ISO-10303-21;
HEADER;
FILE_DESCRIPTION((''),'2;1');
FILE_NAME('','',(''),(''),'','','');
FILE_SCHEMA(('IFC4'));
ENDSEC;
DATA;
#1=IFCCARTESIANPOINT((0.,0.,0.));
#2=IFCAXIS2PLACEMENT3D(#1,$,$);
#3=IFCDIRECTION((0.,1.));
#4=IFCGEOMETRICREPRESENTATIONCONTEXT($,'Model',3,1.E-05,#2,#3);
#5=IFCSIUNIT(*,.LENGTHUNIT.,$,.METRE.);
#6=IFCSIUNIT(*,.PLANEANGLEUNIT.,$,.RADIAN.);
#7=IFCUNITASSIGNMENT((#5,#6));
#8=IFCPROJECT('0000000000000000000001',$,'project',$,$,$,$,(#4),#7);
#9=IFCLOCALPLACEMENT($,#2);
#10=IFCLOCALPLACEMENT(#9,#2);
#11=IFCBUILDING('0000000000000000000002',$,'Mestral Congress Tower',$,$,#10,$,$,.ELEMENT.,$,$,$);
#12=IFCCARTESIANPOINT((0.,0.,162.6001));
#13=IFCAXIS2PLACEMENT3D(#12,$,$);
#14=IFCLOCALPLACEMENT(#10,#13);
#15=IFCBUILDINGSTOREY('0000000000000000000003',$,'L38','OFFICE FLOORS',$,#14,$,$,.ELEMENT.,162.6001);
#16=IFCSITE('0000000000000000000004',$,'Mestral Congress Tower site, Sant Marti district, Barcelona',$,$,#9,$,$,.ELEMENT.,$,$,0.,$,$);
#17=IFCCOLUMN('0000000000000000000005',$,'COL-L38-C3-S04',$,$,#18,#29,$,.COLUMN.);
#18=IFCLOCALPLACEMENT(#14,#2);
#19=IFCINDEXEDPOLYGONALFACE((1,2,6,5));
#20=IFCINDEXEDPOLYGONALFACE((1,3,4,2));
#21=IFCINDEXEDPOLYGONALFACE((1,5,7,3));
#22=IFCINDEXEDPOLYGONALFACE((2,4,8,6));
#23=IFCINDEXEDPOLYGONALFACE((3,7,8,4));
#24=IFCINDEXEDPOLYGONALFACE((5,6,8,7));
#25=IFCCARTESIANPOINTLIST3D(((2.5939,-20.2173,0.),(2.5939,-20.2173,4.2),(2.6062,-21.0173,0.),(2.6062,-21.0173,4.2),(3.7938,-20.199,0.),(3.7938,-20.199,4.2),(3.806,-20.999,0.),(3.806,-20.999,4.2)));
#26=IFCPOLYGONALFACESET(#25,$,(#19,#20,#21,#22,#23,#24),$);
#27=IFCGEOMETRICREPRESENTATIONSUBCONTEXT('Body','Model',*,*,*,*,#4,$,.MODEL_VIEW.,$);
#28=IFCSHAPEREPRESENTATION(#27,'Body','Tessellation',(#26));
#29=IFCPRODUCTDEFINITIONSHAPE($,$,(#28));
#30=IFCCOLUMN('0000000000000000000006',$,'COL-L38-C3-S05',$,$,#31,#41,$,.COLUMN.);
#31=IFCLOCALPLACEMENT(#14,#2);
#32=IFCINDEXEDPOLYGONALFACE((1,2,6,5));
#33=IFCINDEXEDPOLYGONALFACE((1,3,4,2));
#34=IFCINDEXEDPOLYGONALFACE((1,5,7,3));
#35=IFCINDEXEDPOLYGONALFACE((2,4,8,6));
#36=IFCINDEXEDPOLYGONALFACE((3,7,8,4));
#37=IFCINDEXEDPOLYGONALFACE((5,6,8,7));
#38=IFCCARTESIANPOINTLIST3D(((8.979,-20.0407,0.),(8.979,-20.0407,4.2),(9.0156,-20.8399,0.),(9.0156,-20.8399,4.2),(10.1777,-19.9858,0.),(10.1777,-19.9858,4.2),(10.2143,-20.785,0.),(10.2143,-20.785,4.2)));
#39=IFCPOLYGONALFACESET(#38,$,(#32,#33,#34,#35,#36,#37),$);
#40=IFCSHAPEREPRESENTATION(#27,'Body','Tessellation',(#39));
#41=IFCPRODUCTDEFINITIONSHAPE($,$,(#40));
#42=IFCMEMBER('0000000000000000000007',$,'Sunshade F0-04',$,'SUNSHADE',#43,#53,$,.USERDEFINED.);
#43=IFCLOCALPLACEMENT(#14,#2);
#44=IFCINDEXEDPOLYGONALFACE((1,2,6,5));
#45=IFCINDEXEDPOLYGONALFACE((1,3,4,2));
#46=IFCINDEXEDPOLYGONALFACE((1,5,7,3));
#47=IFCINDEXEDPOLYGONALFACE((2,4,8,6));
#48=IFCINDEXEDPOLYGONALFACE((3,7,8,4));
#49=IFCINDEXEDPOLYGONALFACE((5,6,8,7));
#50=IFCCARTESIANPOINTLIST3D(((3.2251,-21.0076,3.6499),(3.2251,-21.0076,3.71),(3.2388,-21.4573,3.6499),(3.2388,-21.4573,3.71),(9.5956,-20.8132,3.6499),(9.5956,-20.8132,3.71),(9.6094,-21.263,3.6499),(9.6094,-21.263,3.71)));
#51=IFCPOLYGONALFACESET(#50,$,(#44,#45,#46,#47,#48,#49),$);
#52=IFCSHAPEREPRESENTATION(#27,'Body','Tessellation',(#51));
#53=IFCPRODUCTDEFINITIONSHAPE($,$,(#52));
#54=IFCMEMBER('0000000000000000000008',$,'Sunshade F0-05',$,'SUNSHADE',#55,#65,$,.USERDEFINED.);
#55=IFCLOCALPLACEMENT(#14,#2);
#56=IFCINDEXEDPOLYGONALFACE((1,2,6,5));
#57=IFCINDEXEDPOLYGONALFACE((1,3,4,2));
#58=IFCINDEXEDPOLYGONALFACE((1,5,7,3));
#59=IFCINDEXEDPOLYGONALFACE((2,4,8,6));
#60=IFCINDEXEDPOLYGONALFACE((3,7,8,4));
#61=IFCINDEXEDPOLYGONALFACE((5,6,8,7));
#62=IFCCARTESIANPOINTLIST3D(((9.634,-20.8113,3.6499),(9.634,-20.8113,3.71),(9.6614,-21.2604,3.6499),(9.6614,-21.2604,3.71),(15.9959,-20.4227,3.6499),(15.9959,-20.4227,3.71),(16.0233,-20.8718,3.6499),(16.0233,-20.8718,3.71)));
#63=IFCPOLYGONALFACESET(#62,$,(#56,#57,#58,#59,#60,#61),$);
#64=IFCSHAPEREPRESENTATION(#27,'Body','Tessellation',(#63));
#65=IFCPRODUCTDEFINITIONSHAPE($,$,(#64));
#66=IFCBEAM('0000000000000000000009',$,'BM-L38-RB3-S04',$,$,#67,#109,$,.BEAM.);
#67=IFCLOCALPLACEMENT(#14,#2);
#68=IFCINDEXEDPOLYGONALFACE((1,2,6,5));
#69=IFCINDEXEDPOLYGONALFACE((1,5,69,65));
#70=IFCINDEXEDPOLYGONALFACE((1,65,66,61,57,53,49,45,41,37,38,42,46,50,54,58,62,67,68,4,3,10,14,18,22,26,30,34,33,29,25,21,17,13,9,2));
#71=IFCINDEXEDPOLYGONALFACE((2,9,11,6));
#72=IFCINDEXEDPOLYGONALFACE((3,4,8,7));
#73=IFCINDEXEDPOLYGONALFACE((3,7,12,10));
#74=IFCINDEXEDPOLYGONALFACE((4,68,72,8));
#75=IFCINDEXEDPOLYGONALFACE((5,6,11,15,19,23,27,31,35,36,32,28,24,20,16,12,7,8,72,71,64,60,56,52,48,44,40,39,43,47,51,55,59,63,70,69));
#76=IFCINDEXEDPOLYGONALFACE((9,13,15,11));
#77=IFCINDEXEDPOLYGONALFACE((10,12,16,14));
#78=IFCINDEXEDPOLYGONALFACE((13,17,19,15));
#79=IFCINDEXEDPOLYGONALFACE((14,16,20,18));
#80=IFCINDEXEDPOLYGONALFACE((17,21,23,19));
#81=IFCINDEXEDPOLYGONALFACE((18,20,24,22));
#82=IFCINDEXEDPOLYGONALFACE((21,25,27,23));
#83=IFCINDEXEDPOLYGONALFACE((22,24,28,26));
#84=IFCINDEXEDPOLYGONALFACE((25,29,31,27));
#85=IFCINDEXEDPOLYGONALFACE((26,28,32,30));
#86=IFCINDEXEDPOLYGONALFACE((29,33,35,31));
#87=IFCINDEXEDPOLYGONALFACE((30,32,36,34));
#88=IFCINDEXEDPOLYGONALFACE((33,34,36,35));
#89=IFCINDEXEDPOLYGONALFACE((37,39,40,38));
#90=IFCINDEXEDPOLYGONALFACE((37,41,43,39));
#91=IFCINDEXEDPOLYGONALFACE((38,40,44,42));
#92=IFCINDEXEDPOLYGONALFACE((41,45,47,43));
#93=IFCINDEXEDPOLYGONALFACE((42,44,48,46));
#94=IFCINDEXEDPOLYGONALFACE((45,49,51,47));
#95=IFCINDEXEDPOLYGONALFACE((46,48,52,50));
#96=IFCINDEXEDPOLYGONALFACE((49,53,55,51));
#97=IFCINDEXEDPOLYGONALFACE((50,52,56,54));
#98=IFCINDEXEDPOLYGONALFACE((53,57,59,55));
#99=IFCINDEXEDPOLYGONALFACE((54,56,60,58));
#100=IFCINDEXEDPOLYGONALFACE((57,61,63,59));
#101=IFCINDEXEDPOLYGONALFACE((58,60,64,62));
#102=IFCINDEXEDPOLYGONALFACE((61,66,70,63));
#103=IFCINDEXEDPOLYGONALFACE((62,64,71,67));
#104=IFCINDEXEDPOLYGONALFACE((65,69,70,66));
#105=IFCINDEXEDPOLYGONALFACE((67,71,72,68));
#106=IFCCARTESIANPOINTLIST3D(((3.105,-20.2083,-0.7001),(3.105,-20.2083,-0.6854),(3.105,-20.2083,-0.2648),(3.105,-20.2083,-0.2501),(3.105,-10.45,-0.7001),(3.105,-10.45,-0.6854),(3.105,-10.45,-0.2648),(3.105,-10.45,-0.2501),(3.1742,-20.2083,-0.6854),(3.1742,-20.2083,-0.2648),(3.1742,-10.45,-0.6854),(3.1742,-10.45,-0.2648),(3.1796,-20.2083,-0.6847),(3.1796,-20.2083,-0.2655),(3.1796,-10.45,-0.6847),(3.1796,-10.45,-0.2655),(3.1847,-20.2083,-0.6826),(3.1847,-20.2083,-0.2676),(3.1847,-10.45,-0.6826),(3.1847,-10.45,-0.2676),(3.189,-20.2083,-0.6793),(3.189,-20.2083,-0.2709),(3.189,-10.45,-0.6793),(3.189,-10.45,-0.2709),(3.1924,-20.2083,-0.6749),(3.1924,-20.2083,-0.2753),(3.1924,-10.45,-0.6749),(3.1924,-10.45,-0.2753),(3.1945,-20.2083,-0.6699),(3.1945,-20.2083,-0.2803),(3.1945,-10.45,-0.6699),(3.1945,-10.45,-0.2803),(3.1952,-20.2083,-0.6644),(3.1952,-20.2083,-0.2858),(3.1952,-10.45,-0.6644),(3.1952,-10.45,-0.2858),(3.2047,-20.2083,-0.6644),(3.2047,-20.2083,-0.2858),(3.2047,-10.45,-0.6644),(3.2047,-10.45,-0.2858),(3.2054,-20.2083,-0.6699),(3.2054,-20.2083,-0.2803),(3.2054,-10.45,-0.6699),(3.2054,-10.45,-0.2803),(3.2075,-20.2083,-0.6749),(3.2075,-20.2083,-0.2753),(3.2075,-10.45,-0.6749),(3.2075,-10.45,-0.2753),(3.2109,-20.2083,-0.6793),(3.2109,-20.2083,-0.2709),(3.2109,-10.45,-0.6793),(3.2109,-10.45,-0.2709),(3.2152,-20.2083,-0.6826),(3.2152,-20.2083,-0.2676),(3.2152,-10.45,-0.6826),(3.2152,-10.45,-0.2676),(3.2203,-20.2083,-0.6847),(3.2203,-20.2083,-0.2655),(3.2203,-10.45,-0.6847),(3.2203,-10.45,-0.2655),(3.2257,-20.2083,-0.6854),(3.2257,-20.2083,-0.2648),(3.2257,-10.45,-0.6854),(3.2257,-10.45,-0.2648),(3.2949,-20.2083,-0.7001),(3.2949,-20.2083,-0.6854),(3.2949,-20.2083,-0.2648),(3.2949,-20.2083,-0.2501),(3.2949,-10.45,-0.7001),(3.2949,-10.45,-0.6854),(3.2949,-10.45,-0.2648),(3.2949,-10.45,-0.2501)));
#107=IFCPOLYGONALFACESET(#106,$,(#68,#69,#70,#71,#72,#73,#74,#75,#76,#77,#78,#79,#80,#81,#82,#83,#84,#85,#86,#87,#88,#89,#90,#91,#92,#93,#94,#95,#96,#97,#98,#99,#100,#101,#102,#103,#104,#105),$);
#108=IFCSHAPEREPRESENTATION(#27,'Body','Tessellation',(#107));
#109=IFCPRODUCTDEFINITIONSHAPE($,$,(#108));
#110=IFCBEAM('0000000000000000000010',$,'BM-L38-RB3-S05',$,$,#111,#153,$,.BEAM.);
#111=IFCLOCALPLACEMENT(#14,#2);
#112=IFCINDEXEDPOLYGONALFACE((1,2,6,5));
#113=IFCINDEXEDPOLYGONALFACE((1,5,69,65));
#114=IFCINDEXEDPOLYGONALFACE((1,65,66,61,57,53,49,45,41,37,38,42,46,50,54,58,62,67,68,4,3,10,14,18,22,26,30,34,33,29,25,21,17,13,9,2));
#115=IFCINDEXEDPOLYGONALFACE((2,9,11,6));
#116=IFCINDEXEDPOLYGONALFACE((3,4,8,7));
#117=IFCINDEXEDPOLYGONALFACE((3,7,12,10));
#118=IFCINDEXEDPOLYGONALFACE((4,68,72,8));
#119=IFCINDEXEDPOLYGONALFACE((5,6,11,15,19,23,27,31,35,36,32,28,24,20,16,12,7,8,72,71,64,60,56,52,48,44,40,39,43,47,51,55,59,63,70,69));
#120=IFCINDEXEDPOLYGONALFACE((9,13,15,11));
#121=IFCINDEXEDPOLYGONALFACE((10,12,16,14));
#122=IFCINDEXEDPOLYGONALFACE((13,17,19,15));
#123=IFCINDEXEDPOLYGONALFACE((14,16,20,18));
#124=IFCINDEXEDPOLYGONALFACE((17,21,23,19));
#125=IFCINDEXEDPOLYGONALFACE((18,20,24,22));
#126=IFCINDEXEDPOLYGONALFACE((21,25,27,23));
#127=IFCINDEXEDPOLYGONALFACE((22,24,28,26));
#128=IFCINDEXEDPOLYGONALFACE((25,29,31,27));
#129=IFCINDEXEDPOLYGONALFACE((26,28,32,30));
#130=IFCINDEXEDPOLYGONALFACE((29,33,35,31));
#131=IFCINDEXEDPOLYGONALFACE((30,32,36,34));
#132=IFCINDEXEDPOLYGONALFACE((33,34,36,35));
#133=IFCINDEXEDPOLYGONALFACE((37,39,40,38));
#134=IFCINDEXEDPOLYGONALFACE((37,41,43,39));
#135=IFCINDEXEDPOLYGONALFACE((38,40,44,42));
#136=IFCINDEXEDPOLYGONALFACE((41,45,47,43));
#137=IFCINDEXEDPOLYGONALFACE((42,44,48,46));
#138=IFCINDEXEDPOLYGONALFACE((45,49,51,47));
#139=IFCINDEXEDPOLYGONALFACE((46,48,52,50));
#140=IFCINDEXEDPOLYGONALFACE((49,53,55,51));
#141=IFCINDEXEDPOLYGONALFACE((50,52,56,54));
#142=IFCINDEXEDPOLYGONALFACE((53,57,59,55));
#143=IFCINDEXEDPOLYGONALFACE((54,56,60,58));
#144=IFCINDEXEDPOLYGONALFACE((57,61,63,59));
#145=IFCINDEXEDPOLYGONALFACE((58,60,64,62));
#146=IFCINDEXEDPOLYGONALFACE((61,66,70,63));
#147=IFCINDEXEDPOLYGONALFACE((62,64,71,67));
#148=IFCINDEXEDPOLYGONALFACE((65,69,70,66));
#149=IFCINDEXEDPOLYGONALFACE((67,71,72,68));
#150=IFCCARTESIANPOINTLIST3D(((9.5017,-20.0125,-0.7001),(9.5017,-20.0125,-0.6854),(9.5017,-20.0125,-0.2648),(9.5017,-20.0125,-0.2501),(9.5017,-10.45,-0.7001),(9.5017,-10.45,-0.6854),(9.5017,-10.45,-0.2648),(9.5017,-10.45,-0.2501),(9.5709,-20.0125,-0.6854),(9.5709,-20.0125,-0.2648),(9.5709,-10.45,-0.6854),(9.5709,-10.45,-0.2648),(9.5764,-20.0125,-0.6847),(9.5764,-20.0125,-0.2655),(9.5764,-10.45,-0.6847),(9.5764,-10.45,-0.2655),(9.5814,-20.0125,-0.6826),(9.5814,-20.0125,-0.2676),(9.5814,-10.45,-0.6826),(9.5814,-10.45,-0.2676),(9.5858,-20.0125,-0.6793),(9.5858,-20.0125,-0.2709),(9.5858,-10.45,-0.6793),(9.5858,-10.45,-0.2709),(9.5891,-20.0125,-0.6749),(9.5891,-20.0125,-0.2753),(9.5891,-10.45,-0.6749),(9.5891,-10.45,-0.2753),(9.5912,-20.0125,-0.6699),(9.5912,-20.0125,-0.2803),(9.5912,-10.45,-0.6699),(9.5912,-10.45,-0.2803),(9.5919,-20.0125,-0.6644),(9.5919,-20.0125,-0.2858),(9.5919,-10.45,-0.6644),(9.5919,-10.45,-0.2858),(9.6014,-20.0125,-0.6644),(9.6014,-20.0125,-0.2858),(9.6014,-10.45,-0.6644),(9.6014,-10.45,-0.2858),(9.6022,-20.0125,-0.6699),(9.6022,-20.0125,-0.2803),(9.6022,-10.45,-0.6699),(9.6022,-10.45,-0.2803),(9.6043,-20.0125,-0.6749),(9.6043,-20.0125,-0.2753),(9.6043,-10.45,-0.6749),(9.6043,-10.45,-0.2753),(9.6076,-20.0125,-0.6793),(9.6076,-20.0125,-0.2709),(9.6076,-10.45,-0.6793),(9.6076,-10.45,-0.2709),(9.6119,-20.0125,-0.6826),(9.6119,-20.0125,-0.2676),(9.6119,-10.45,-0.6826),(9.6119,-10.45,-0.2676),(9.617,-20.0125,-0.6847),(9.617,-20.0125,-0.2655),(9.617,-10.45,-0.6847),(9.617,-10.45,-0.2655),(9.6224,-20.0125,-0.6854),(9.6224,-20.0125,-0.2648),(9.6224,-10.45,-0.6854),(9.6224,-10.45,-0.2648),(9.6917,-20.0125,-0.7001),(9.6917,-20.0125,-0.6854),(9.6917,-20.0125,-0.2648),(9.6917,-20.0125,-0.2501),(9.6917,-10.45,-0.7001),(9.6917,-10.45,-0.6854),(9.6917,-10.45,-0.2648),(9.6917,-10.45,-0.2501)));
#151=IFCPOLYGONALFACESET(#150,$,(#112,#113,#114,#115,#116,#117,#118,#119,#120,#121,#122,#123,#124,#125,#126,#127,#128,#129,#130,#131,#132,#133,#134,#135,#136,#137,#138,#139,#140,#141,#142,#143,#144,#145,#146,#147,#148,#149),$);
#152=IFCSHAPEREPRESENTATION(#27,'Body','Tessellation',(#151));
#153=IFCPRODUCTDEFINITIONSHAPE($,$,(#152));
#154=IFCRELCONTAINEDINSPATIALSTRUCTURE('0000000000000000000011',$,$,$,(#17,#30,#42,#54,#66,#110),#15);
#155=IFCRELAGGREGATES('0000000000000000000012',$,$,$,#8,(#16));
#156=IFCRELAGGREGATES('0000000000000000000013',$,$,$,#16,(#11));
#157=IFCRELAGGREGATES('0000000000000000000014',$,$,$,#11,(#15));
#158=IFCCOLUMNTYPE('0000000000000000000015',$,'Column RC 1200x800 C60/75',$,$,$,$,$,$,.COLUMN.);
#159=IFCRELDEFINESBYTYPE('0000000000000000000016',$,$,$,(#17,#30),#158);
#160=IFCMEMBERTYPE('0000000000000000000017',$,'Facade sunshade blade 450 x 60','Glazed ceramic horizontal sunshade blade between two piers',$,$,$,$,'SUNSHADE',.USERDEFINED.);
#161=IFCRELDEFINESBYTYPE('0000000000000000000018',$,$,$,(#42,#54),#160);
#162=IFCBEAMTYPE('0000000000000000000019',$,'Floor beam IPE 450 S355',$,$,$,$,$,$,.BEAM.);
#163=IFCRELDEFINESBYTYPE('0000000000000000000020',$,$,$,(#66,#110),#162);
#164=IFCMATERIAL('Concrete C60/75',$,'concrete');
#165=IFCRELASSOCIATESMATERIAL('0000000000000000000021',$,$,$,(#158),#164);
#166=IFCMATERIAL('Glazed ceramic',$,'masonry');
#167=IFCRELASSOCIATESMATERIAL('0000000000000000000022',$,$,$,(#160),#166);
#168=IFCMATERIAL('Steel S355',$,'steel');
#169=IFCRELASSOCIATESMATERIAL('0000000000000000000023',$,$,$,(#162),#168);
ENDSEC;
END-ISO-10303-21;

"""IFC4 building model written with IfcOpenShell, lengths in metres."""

from ifc_helpers import new_model, si_unit, direction, frame, origin, origin_2d, place, context, subcontext, project, spatial, rectangle, i_section, extrude, material, material_profile, profile_set, type_object, element, save


model = new_model("IFC4")

# Units and contexts
model_context = context("Model", 3, precision=1e-05, world=origin(), true_north=direction((0.0, 1.0)))
body_context = subcontext(model_context, "Body", "Model", "MODEL_VIEW")
ifc_project = project(units=[si_unit("LENGTHUNIT", "METRE"), si_unit("PLANEANGLEUNIT", "RADIAN")], contexts=[model_context])

# Site, building, storey
site_placement = place(None, origin())
site = spatial("IfcSite", under=ifc_project, at=site_placement, Name="Mestral Congress Tower site, Sant Marti district, Barcelona", CompositionType="ELEMENT", RefElevation=0.0)
building_placement = place(site_placement, origin())
building = spatial("IfcBuilding", under=site, at=building_placement, Name="Mestral Congress Tower", CompositionType="ELEMENT")
storey_placement = place(building_placement, frame((0.0, 0.0, 162.6001)))
storey = spatial("IfcBuildingStorey", under=building, at=storey_placement, Name="L38", Description="OFFICE FLOORS", CompositionType="ELEMENT", Elevation=162.6001)

# Columns
ifc_material_1 = material(Name="Concrete C60/75", Category="concrete")
ifc_material_profile_1 = material_profile(ifc_material_1, rectangle(XDim=1.2, YDim=0.8, at=origin_2d()), Name="RC 1200x800")
ifc_profile_set_1 = profile_set([ifc_material_profile_1], Name="Concrete C60/75")
column_type = type_object("IfcColumnType", Name="Column RC 1200x800 C60/75", PredefinedType="COLUMN", material=ifc_profile_set_1)
for number, where, z_axis, x_axis, name in (
    (1, (3.2, -20.6082, 0.0), (0.0, 0.0, 1.0), (0.999884, 0.015262, 0.0), "COL-L38-C3-S04"),
    (2, (9.5967, -20.4128, 0.0), (0.0, 0.0, 1.0), (0.998952, 0.045771, 0.0), "COL-L38-C3-S05"),
):
    element("IfcColumn", number, at=place(storey_placement, frame(where, z_axis=z_axis, x_axis=x_axis)), inside=storey, type_object=column_type, Name=name, PredefinedType="COLUMN", context=body_context, shape_type="SweptSolid", body=[
        extrude(rectangle(XDim=1.2, YDim=0.8, at=origin_2d()), origin(), (0.0, 0.0, 1.0), 4.2),
    ])

# Members
ifc_material_2 = material(Name="Glazed ceramic", Category="masonry")
ifc_material_profile_2 = material_profile(ifc_material_2, rectangle(XDim=0.45, YDim=0.0601, at=origin_2d()), Name="Ceramic blade 450 x 60")
ifc_profile_set_2 = profile_set([ifc_material_profile_2], Name="Glazed ceramic")
member_type = type_object("IfcMemberType", Name="Facade sunshade blade 450 x 60", Description="Glazed ceramic horizontal sunshade blade between two piers", ElementType="SUNSHADE", PredefinedType="USERDEFINED", material=ifc_profile_set_2)
member_1_placement = place(storey_placement, frame((3.2319, -21.2324, 3.6799), z_axis=(0.999535, 0.030491, 0.0), x_axis=(-0.030491, 0.999535, 0.0)))
element("IfcMember", 3, at=member_1_placement, inside=storey, type_object=member_type, Name="Sunshade F0-04", ObjectType="SUNSHADE", PredefinedType="USERDEFINED", context=body_context, shape_type="SweptSolid", body=[
    extrude(rectangle(XDim=0.45, YDim=0.0601, at=origin_2d()), origin(), (0.0, 0.0, 1.0), 6.3735),
])
member_2_placement = place(storey_placement, frame((9.6477, -21.0359, 3.6799), z_axis=(0.998139, 0.060981, 0.0), x_axis=(-0.060981, 0.998139, 0.0)))
element("IfcMember", 4, at=member_2_placement, inside=storey, type_object=member_type, Name="Sunshade F0-05", ObjectType="SUNSHADE", PredefinedType="USERDEFINED", context=body_context, shape_type="SweptSolid", body=[
    extrude(rectangle(XDim=0.45, YDim=0.0601, at=origin_2d()), origin(), (0.0, 0.0, 1.0), 6.3738),
])

# Beams
ifc_material_3 = material(Name="Steel S355", Category="steel")
ifc_material_profile_3 = material_profile(ifc_material_3, i_section(OverallWidth=0.1899, OverallDepth=0.45, WebThickness=0.0095, FlangeThickness=0.0146, FilletRadius=0.021, at=origin_2d()), Name="IPE 450")
ifc_profile_set_3 = profile_set([ifc_material_profile_3], Name="Steel S355")
beam_type_1 = type_object("IfcBeamType", Name="Floor beam IPE 450 S355", PredefinedType="BEAM", material=ifc_profile_set_3)
beam_1_placement = place(storey_placement, frame((3.2, -20.2083, -0.4751), z_axis=(0.0, 1.0, 0.0), x_axis=(-1.0, 0.0, 0.0)))
element("IfcBeam", 5, at=beam_1_placement, inside=storey, type_object=beam_type_1, Name="BM-L38-RB3-S04", PredefinedType="BEAM", context=body_context, shape_type="SweptSolid", body=[
    extrude(i_section(OverallWidth=0.1899, OverallDepth=0.45, WebThickness=0.0095, FlangeThickness=0.0146, FilletRadius=0.021, at=origin_2d()), origin(), (0.0, 0.0, 1.0), 9.7583),
])
beam_2_placement = place(storey_placement, frame((9.5967, -20.0125, -0.4751), z_axis=(0.0, 1.0, 0.0), x_axis=(-1.0, 0.0, 0.0)))
element("IfcBeam", 6, at=beam_2_placement, inside=storey, type_object=beam_type_1, Name="BM-L38-RB3-S05", PredefinedType="BEAM", context=body_context, shape_type="SweptSolid", body=[
    extrude(i_section(OverallWidth=0.1899, OverallDepth=0.45, WebThickness=0.0095, FlangeThickness=0.0146, FilletRadius=0.021, at=origin_2d()), origin(), (0.0, 0.0, 1.0), 9.5625),
])

save(model, "model.ifc")
